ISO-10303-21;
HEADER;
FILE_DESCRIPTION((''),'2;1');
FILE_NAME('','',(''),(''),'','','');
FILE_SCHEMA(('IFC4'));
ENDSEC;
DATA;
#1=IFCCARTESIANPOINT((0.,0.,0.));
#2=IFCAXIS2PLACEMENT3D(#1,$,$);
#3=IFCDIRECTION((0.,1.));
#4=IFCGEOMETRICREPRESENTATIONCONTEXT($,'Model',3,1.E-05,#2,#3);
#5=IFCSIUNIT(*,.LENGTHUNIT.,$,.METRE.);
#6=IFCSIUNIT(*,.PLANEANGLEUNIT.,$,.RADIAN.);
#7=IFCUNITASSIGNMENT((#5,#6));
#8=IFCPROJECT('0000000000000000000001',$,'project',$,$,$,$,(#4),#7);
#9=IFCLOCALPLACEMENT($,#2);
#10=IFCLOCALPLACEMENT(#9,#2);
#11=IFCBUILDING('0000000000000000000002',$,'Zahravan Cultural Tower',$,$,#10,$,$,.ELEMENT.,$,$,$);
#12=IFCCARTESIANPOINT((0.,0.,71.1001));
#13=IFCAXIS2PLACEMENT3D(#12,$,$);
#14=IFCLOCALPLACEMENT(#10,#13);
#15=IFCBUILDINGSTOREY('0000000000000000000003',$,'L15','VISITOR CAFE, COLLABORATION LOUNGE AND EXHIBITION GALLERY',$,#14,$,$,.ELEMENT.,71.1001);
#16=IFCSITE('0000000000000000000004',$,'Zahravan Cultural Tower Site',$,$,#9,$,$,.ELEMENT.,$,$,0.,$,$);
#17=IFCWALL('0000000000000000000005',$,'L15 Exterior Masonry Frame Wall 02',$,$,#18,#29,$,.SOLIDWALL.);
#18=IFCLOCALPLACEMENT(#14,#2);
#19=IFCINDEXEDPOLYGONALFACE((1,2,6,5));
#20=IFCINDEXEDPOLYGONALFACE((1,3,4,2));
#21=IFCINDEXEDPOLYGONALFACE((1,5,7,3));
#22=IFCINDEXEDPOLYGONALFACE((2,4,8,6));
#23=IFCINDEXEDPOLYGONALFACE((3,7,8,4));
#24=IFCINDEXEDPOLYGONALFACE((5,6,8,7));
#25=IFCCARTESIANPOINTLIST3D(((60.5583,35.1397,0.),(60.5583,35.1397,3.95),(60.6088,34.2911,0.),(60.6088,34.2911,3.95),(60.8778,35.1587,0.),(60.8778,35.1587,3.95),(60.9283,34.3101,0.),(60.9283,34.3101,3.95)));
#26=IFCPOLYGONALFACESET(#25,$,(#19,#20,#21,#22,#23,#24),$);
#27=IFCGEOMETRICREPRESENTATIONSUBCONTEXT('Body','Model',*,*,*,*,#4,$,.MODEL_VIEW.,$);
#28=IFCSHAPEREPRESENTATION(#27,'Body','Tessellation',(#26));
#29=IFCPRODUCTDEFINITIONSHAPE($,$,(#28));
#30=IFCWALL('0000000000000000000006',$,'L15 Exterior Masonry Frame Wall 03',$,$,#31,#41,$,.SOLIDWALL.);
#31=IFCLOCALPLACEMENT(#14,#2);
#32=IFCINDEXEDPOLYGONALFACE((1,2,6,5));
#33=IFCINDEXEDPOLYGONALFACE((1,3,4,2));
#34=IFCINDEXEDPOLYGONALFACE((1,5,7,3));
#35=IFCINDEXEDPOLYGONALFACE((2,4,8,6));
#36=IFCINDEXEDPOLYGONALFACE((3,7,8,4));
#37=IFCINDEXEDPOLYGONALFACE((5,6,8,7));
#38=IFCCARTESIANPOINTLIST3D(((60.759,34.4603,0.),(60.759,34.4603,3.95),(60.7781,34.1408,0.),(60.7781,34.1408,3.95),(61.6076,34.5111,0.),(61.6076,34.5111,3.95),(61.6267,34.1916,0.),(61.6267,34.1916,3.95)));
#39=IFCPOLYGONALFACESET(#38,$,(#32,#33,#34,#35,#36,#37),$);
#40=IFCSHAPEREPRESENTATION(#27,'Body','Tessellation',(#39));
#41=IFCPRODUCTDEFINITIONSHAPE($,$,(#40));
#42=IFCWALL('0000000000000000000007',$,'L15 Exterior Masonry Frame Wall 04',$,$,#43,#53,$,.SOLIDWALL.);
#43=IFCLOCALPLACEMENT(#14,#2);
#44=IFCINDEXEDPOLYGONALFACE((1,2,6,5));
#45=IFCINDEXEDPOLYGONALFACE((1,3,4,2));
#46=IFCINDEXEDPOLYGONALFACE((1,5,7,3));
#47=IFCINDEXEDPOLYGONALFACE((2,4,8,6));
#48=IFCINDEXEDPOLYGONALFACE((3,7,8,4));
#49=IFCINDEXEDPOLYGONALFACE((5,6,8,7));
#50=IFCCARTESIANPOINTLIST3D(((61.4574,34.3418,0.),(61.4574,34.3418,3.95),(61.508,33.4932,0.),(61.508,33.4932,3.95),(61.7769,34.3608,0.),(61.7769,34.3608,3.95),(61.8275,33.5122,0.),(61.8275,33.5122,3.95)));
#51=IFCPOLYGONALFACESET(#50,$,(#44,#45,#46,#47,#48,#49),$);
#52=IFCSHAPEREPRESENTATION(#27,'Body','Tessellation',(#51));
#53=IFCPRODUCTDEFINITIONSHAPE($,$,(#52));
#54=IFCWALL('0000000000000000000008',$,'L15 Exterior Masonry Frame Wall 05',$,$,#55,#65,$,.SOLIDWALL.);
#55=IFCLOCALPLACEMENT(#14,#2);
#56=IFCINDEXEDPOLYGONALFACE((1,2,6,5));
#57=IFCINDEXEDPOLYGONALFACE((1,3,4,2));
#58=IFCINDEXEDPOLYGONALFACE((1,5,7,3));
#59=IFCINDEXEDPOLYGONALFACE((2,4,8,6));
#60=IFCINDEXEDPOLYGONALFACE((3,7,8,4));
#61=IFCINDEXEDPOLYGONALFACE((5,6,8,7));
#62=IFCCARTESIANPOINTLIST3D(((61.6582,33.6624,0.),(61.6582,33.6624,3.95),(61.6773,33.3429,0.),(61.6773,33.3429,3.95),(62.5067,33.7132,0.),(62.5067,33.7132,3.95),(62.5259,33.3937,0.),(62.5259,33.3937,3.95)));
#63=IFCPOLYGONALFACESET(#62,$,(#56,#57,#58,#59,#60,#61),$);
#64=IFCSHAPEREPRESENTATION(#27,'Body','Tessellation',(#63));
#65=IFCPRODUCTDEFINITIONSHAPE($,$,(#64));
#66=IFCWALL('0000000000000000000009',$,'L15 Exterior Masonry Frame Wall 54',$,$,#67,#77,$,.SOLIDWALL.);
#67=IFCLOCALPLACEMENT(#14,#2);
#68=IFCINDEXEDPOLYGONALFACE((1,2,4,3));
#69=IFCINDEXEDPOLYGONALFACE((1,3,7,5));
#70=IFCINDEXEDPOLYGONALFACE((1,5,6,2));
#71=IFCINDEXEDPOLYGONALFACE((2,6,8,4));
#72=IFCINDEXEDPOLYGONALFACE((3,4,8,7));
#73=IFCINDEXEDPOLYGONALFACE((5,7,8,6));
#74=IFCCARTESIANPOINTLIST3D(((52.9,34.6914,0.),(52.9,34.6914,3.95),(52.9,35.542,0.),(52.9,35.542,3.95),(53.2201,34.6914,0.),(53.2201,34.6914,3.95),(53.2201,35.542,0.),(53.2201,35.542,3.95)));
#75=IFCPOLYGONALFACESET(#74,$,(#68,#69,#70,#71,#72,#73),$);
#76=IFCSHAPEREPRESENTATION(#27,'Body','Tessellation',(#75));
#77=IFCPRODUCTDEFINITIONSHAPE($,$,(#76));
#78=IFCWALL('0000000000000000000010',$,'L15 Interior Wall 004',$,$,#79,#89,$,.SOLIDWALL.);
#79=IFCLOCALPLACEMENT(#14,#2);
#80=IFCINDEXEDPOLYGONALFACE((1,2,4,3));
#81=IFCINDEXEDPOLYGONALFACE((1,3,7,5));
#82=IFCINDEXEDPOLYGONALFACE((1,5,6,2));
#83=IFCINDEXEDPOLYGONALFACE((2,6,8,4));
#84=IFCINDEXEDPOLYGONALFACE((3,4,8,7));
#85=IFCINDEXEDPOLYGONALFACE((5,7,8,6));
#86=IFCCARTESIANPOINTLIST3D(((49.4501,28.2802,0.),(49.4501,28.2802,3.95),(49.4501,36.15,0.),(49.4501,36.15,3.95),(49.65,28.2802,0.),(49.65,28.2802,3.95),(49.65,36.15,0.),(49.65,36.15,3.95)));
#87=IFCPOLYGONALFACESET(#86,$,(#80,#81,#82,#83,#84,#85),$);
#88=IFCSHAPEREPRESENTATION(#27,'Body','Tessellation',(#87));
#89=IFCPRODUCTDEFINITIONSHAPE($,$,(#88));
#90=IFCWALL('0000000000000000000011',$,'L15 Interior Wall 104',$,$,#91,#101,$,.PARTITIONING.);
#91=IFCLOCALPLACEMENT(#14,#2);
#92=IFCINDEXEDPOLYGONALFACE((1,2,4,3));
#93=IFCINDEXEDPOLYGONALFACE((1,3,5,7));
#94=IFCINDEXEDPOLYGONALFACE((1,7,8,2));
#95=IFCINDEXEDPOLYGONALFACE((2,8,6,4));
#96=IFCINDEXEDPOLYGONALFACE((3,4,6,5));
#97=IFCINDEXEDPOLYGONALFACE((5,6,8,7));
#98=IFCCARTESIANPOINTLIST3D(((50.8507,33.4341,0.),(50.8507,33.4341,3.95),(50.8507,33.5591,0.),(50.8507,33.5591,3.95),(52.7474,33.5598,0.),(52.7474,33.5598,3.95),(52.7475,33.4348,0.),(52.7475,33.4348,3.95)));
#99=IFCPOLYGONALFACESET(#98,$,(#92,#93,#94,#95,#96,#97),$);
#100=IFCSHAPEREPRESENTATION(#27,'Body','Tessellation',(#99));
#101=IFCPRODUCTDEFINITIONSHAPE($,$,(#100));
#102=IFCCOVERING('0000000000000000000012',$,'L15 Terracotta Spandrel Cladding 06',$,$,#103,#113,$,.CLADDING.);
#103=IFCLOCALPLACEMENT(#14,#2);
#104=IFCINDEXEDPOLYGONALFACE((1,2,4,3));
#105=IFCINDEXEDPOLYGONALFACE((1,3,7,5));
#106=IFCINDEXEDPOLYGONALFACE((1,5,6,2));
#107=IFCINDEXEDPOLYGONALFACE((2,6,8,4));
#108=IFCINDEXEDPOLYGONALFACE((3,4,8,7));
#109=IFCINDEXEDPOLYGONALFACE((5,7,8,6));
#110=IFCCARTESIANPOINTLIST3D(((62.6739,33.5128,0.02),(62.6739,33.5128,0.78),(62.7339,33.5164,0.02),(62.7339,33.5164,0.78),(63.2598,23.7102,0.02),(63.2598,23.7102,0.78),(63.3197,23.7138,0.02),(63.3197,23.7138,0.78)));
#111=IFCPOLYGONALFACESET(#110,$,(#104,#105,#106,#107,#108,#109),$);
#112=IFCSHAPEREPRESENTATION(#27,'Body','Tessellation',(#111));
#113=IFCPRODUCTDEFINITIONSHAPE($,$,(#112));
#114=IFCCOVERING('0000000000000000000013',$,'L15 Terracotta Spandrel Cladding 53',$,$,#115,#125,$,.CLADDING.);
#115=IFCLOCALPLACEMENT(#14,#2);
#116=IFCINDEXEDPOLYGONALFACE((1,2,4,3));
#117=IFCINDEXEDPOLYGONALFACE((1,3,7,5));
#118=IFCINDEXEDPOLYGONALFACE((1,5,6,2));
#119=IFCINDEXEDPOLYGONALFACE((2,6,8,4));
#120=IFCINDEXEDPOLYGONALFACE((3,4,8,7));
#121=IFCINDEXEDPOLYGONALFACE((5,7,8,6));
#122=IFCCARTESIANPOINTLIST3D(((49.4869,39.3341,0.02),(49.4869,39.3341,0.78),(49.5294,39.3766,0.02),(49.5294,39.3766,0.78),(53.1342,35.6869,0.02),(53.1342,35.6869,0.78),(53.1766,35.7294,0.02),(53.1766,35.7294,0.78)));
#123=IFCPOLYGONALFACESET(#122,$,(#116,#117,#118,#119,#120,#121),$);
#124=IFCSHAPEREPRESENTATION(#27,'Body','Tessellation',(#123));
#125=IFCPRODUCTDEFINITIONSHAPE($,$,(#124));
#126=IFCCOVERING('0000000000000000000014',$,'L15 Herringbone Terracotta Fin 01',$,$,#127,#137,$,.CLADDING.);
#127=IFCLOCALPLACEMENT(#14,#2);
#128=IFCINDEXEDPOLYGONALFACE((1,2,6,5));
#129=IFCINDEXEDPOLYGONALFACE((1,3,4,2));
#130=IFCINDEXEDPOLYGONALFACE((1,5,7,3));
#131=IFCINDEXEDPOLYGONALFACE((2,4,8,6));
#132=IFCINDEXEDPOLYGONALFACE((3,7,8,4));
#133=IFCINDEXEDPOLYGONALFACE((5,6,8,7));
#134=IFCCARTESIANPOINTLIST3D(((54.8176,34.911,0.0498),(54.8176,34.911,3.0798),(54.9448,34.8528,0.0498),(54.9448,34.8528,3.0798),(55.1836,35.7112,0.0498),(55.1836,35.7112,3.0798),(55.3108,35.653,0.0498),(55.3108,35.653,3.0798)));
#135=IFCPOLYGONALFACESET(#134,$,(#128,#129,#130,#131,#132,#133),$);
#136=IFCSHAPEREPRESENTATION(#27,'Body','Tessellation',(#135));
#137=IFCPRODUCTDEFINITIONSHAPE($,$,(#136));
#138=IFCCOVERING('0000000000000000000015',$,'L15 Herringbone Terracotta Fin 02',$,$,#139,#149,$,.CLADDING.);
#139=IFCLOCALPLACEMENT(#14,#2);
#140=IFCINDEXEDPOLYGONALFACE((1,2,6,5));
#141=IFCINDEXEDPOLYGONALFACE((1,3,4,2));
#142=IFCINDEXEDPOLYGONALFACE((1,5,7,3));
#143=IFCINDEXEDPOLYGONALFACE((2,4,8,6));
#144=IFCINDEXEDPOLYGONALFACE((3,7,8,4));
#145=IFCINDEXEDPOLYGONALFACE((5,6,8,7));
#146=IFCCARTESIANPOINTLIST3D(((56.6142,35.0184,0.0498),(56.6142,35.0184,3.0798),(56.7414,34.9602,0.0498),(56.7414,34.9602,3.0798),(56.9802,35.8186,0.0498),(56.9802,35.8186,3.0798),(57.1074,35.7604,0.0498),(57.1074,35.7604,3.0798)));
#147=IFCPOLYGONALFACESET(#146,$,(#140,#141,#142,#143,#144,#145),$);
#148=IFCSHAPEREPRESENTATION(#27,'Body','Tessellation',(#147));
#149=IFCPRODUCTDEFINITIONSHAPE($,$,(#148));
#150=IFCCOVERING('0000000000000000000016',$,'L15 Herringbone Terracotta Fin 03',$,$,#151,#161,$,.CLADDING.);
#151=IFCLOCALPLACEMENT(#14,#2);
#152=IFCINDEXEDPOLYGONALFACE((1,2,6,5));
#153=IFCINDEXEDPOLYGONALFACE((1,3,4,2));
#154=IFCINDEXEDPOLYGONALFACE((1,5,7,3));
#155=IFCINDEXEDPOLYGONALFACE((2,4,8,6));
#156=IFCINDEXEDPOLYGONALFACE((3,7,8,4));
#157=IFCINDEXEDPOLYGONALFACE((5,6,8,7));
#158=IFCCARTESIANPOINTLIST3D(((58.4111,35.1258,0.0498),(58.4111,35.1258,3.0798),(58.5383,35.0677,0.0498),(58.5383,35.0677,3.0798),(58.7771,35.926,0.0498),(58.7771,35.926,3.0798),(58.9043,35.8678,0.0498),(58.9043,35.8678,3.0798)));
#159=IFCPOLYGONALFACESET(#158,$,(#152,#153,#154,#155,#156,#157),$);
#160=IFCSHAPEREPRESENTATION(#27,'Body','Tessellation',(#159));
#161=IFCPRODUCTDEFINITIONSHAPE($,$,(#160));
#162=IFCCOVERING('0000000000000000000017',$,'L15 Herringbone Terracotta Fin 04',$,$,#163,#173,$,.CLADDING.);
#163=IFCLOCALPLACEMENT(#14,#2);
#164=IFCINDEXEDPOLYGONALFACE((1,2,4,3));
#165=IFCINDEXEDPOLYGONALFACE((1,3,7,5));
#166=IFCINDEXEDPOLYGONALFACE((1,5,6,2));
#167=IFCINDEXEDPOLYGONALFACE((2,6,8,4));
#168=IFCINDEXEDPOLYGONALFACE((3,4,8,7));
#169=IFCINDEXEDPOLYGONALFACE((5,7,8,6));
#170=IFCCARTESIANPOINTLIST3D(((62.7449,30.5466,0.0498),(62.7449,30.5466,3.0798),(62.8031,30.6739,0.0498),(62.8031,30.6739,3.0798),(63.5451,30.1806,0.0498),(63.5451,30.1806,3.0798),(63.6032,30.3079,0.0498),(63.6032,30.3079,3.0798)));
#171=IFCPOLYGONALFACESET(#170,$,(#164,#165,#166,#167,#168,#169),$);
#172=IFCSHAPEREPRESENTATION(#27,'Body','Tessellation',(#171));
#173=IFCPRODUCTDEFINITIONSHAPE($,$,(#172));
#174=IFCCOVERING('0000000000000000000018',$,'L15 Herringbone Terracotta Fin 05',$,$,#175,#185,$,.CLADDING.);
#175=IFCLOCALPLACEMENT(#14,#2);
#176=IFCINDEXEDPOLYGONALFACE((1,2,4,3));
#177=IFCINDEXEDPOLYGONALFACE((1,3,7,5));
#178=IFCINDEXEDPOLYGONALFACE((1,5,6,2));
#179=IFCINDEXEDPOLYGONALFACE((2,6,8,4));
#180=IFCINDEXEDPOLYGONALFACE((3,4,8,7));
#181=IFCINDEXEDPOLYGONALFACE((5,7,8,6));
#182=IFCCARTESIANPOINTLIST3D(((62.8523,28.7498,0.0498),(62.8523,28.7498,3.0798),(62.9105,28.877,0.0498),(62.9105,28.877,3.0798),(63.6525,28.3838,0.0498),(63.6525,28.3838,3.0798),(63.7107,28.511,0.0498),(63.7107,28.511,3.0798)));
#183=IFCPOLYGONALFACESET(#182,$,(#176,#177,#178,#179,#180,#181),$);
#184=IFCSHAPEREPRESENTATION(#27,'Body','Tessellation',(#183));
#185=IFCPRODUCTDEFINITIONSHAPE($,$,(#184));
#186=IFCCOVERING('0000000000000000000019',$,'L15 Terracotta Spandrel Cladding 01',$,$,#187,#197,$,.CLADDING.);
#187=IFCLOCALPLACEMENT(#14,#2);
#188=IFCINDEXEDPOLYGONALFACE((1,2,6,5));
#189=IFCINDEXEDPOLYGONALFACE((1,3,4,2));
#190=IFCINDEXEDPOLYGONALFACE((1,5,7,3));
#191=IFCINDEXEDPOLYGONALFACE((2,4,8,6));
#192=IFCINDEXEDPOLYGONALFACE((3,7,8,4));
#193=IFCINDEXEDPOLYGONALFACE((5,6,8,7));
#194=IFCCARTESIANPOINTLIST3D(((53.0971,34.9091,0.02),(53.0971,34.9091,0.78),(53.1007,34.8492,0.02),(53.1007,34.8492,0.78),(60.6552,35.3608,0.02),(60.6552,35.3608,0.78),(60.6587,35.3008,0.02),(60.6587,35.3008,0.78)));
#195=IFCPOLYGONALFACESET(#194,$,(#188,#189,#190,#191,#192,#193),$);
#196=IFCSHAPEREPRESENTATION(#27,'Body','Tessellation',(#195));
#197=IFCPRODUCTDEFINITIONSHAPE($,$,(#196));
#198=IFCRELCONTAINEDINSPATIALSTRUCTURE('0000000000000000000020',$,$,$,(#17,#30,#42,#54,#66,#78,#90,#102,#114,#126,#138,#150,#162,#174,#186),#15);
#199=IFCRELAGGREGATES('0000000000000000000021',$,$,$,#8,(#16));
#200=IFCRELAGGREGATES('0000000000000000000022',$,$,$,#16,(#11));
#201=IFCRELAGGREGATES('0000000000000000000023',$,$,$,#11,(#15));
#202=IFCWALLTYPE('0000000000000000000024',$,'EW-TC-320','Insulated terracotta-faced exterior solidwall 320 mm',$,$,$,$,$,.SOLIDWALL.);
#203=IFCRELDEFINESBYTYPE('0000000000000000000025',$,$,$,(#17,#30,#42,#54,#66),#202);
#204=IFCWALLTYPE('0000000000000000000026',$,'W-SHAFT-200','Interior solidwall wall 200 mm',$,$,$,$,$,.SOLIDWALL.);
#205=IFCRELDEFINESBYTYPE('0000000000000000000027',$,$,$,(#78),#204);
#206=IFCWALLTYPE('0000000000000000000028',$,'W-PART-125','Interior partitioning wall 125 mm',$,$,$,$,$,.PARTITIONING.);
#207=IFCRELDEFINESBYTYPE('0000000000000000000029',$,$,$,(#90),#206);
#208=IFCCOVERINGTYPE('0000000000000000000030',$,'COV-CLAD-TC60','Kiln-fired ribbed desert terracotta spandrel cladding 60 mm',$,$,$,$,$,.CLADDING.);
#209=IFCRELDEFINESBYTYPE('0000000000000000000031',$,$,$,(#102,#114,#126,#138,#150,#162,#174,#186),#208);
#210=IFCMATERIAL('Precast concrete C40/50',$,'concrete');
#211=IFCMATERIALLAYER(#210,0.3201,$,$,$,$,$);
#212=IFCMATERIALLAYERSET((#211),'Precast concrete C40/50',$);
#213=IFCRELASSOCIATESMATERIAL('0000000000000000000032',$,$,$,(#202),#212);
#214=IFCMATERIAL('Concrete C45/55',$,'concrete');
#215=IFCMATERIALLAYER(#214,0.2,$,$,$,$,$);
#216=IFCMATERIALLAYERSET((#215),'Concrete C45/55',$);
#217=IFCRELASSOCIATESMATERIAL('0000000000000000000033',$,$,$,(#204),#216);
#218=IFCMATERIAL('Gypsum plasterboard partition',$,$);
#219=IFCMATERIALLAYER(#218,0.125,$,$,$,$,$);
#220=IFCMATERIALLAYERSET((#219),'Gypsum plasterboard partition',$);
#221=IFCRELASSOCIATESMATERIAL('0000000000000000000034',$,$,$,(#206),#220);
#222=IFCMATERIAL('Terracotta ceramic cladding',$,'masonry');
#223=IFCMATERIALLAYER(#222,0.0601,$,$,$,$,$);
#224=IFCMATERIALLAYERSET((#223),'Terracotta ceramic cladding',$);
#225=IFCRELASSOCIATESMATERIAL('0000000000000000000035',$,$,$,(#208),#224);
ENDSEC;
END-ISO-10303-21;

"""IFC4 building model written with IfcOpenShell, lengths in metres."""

from ifc_helpers import new_model, si_unit, direction, frame, frame_2d, origin, origin_2d, place, context, subcontext, project, spatial, rectangle, extrude, source, transform, mapped, material, layer, layer_set, type_object, element, save


model = new_model("IFC4")

# Units and contexts
model_context = context("Model", 3, precision=1e-05, world=origin(), true_north=direction((0.0, 1.0)))
body_context = subcontext(model_context, "Body", "Model", "MODEL_VIEW")
ifc_project = project(units=[si_unit("LENGTHUNIT", "METRE"), si_unit("PLANEANGLEUNIT", "RADIAN")], contexts=[model_context])

# Site, building, storey
site_placement = place(None, origin())
site = spatial("IfcSite", under=ifc_project, at=site_placement, Name="Zahravan Cultural Tower Site", CompositionType="ELEMENT", RefElevation=0.0)
building_placement = place(site_placement, origin())
building = spatial("IfcBuilding", under=site, at=building_placement, Name="Zahravan Cultural Tower", CompositionType="ELEMENT")
storey_placement = place(building_placement, frame((0.0, 0.0, 71.1001)))
storey = spatial("IfcBuildingStorey", under=building, at=storey_placement, Name="L15", Description="VISITOR CAFE, COLLABORATION LOUNGE AND EXHIBITION GALLERY", CompositionType="ELEMENT", Elevation=71.1001)

# Shared definitions
ifc_material_1 = material(Name="Precast concrete C40/50", Category="concrete")
ifc_layer_1 = layer(ifc_material_1, 0.3201)
ifc_layer_set_1 = layer_set([ifc_layer_1], Name="Precast concrete C40/50")
wall_type_1 = type_object("IfcWallType", Name="EW-TC-320", Description="Insulated terracotta-faced exterior solidwall 320 mm", PredefinedType="SOLIDWALL", material=ifc_layer_set_1)

# Walls
shared_shape_1 = source(origin(), body_context, "Body", "SweptSolid", [
    extrude(rectangle(XDim=0.8501, YDim=0.3201, at=frame_2d((0.425, 0.0))), origin(), (0.0, 0.0, 1.0), 3.95),
])
for number, where, z_axis, x_axis, name in (
    (1, (60.718, 35.1492, 0.0), (0.0, 0.0, 1.0), (0.059446, -0.998232, 0.0), "L15 Exterior Masonry Frame Wall 02"),
    (2, (60.7686, 34.3005, 0.0), (0.0, 0.0, 1.0), (0.998214, 0.059732, 0.0), "L15 Exterior Masonry Frame Wall 03"),
    (3, (61.6172, 34.3513, 0.0), (0.0, 0.0, 1.0), (0.059446, -0.998232, 0.0), "L15 Exterior Masonry Frame Wall 04"),
    (4, (61.6677, 33.5027, 0.0), (0.0, 0.0, 1.0), (0.998214, 0.059732, 0.0), "L15 Exterior Masonry Frame Wall 05"),
):
    element("IfcWall", number, at=place(storey_placement, frame(where, z_axis=z_axis, x_axis=x_axis)), inside=storey, type_object=wall_type_1, Name=name, PredefinedType="SOLIDWALL", context=body_context, shape_type="MappedRepresentation", body=[
        mapped(shared_shape_1, transform((0.0, 0.0, 0.0), x_axis=(1.0, 0.0, 0.0), y_axis=(0.0, 1.0, 0.0), z_axis=(0.0, 0.0, 1.0), scale=1.0)),
    ])
shared_shape_2 = source(origin(), body_context, "Body", "SweptSolid", [
    extrude(rectangle(XDim=0.8506, YDim=0.3201, at=frame_2d((0.4253, 0.0))), origin(), (0.0, 0.0, 1.0), 3.95),
])
wall_1_placement = place(storey_placement, frame((53.0601, 35.542, 0.0), z_axis=(0.0, 0.0, 1.0), x_axis=(0.0, -1.0, 0.0)))
element("IfcWall", 5, at=wall_1_placement, inside=storey, type_object=wall_type_1, Name="L15 Exterior Masonry Frame Wall 54", PredefinedType="SOLIDWALL", context=body_context, shape_type="MappedRepresentation", body=[
    mapped(shared_shape_2, transform((0.0, 0.0, 0.0), x_axis=(1.0, 0.0, 0.0), y_axis=(0.0, 1.0, 0.0), z_axis=(0.0, 0.0, 1.0), scale=1.0)),
])
ifc_material_2 = material(Name="Concrete C45/55", Category="concrete")
ifc_layer_2 = layer(ifc_material_2, 0.2)
ifc_layer_set_2 = layer_set([ifc_layer_2], Name="Concrete C45/55")
wall_type_2 = type_object("IfcWallType", Name="W-SHAFT-200", Description="Interior solidwall wall 200 mm", PredefinedType="SOLIDWALL", material=ifc_layer_set_2)
shared_shape_3 = source(origin(), body_context, "Body", "SweptSolid", [
    extrude(rectangle(XDim=7.8699, YDim=0.2, at=frame_2d((3.9351, 0.0))), origin(), (0.0, 0.0, 1.0), 3.95),
])
wall_2_placement = place(storey_placement, frame((49.55, 28.28, 0.0), z_axis=(0.0, 0.0, 1.0), x_axis=(0.0, 1.0, 0.0)))
element("IfcWall", 6, at=wall_2_placement, inside=storey, type_object=wall_type_2, Name="L15 Interior Wall 004", PredefinedType="SOLIDWALL", context=body_context, shape_type="MappedRepresentation", body=[
    mapped(shared_shape_3, transform((0.0, 0.0, 0.0), x_axis=(1.0, 0.0, 0.0), y_axis=(0.0, 1.0, 0.0), z_axis=(0.0, 0.0, 1.0), scale=1.0)),
])
ifc_material_3 = material(Name="Gypsum plasterboard partition")
ifc_layer_3 = layer(ifc_material_3, 0.125)
ifc_layer_set_3 = layer_set([ifc_layer_3], Name="Gypsum plasterboard partition")
wall_type_3 = type_object("IfcWallType", Name="W-PART-125", Description="Interior partitioning wall 125 mm", PredefinedType="PARTITIONING", material=ifc_layer_set_3)
shared_shape_4 = source(origin(), body_context, "Body", "SweptSolid", [
    extrude(rectangle(XDim=1.8967, YDim=0.125, at=frame_2d((0.9482, 0.0))), origin(), (0.0, 0.0, 1.0), 3.95),
])
wall_3_placement = place(storey_placement, frame((52.7473, 33.4973, 0.0), z_axis=(0.0, 0.0, 1.0), x_axis=(-1.0, -0.000386, 0.0)))
element("IfcWall", 7, at=wall_3_placement, inside=storey, type_object=wall_type_3, Name="L15 Interior Wall 104", PredefinedType="PARTITIONING", context=body_context, shape_type="MappedRepresentation", body=[
    mapped(shared_shape_4, transform((0.0, 0.0, 0.0), x_axis=(1.0, 0.0, 0.0), y_axis=(0.0, 1.0, 0.0), z_axis=(0.0, 0.0, 1.0), scale=1.0)),
])

# Coverings
ifc_material_4 = material(Name="Terracotta ceramic cladding", Category="masonry")
ifc_layer_4 = layer(ifc_material_4, 0.0601)
ifc_layer_set_4 = layer_set([ifc_layer_4], Name="Terracotta ceramic cladding")
covering_type = type_object("IfcCoveringType", Name="COV-CLAD-TC60", Description="Kiln-fired ribbed desert terracotta spandrel cladding 60 mm", PredefinedType="CLADDING", material=ifc_layer_set_4)
shared_shape_5 = source(origin(), body_context, "Body", "SweptSolid", [
    extrude(rectangle(XDim=9.8201, YDim=0.0601, at=origin_2d()), origin(), (0.0, 0.0, 1.0), 0.76),
])
covering_1_placement = place(storey_placement, frame((62.9968, 28.6133, 0.02), z_axis=(0.0, 0.0, 1.0), x_axis=(0.059655, -0.998219, 0.0)))
element("IfcCovering", 8, at=covering_1_placement, inside=storey, type_object=covering_type, Name="L15 Terracotta Spandrel Cladding 06", PredefinedType="CLADDING", context=body_context, shape_type="MappedRepresentation", body=[
    mapped(shared_shape_5, transform((0.0, 0.0, 0.0), x_axis=(1.0, 0.0, 0.0), y_axis=(0.0, 1.0, 0.0), z_axis=(0.0, 0.0, 1.0), scale=1.0)),
])
shared_shape_6 = source(origin(), body_context, "Body", "SweptSolid", [
    extrude(rectangle(XDim=5.158, YDim=0.0601, at=origin_2d()), origin(), (0.0, 0.0, 1.0), 0.76),
])
covering_2_placement = place(storey_placement, frame((51.3318, 37.5317, 0.02), z_axis=(0.0, 0.0, 1.0), x_axis=(0.707107, -0.707107, 0.0)))
element("IfcCovering", 9, at=covering_2_placement, inside=storey, type_object=covering_type, Name="L15 Terracotta Spandrel Cladding 53", PredefinedType="CLADDING", context=body_context, shape_type="MappedRepresentation", body=[
    mapped(shared_shape_6, transform((0.0, 0.0, 0.0), x_axis=(1.0, 0.0, 0.0), y_axis=(0.0, 1.0, 0.0), z_axis=(0.0, 0.0, 1.0), scale=1.0)),
])
shared_shape_7 = source(origin(), body_context, "Body", "SweptSolid", [
    extrude(rectangle(XDim=0.8799, YDim=0.1399, at=origin_2d()), origin(), (0.0, 0.0, 1.0), 3.03),
])
for number, where, z_axis, x_axis, name in (
    (10, (55.0642, 35.282, 0.0498), (0.0, 0.0, 1.0), (0.415963, 0.909381, 0.0), "L15 Herringbone Terracotta Fin 01"),
    (11, (56.8608, 35.3894, 0.0498), (0.0, 0.0, 1.0), (0.415963, 0.909381, 0.0), "L15 Herringbone Terracotta Fin 02"),
    (12, (58.6577, 35.4968, 0.0498), (0.0, 0.0, 1.0), (0.415963, 0.909381, 0.0), "L15 Herringbone Terracotta Fin 03"),
    (13, (63.1741, 30.4272, 0.0498), (0.0, 0.0, 1.0), (0.909381, -0.415963, 0.0), "L15 Herringbone Terracotta Fin 04"),
    (14, (63.2815, 28.6304, 0.0498), (0.0, 0.0, 1.0), (0.909381, -0.415963, 0.0), "L15 Herringbone Terracotta Fin 05"),
):
    element("IfcCovering", number, at=place(storey_placement, frame(where, z_axis=z_axis, x_axis=x_axis)), inside=storey, type_object=covering_type, Name=name, PredefinedType="CLADDING", context=body_context, shape_type="MappedRepresentation", body=[
        mapped(shared_shape_7, transform((0.0, 0.0, 0.0), x_axis=(1.0, 0.0, 0.0), y_axis=(0.0, 1.0, 0.0), z_axis=(0.0, 0.0, 1.0), scale=1.0)),
    ])
shared_shape_8 = source(origin(), body_context, "Body", "SweptSolid", [
    extrude(rectangle(XDim=7.5715, YDim=0.0601, at=origin_2d()), origin(), (0.0, 0.0, 1.0), 0.76),
])
covering_3_placement = place(storey_placement, frame((56.8779, 35.105, 0.02), z_axis=(0.0, 0.0, 1.0), x_axis=(0.998219, 0.059655, 0.0)))
element("IfcCovering", 15, at=covering_3_placement, inside=storey, type_object=covering_type, Name="L15 Terracotta Spandrel Cladding 01", PredefinedType="CLADDING", context=body_context, shape_type="MappedRepresentation", body=[
    mapped(shared_shape_8, transform((0.0, 0.0, 0.0), x_axis=(1.0, 0.0, 0.0), y_axis=(0.0, 1.0, 0.0), z_axis=(0.0, 0.0, 1.0), scale=1.0)),
])

save(model, "model.ifc")
